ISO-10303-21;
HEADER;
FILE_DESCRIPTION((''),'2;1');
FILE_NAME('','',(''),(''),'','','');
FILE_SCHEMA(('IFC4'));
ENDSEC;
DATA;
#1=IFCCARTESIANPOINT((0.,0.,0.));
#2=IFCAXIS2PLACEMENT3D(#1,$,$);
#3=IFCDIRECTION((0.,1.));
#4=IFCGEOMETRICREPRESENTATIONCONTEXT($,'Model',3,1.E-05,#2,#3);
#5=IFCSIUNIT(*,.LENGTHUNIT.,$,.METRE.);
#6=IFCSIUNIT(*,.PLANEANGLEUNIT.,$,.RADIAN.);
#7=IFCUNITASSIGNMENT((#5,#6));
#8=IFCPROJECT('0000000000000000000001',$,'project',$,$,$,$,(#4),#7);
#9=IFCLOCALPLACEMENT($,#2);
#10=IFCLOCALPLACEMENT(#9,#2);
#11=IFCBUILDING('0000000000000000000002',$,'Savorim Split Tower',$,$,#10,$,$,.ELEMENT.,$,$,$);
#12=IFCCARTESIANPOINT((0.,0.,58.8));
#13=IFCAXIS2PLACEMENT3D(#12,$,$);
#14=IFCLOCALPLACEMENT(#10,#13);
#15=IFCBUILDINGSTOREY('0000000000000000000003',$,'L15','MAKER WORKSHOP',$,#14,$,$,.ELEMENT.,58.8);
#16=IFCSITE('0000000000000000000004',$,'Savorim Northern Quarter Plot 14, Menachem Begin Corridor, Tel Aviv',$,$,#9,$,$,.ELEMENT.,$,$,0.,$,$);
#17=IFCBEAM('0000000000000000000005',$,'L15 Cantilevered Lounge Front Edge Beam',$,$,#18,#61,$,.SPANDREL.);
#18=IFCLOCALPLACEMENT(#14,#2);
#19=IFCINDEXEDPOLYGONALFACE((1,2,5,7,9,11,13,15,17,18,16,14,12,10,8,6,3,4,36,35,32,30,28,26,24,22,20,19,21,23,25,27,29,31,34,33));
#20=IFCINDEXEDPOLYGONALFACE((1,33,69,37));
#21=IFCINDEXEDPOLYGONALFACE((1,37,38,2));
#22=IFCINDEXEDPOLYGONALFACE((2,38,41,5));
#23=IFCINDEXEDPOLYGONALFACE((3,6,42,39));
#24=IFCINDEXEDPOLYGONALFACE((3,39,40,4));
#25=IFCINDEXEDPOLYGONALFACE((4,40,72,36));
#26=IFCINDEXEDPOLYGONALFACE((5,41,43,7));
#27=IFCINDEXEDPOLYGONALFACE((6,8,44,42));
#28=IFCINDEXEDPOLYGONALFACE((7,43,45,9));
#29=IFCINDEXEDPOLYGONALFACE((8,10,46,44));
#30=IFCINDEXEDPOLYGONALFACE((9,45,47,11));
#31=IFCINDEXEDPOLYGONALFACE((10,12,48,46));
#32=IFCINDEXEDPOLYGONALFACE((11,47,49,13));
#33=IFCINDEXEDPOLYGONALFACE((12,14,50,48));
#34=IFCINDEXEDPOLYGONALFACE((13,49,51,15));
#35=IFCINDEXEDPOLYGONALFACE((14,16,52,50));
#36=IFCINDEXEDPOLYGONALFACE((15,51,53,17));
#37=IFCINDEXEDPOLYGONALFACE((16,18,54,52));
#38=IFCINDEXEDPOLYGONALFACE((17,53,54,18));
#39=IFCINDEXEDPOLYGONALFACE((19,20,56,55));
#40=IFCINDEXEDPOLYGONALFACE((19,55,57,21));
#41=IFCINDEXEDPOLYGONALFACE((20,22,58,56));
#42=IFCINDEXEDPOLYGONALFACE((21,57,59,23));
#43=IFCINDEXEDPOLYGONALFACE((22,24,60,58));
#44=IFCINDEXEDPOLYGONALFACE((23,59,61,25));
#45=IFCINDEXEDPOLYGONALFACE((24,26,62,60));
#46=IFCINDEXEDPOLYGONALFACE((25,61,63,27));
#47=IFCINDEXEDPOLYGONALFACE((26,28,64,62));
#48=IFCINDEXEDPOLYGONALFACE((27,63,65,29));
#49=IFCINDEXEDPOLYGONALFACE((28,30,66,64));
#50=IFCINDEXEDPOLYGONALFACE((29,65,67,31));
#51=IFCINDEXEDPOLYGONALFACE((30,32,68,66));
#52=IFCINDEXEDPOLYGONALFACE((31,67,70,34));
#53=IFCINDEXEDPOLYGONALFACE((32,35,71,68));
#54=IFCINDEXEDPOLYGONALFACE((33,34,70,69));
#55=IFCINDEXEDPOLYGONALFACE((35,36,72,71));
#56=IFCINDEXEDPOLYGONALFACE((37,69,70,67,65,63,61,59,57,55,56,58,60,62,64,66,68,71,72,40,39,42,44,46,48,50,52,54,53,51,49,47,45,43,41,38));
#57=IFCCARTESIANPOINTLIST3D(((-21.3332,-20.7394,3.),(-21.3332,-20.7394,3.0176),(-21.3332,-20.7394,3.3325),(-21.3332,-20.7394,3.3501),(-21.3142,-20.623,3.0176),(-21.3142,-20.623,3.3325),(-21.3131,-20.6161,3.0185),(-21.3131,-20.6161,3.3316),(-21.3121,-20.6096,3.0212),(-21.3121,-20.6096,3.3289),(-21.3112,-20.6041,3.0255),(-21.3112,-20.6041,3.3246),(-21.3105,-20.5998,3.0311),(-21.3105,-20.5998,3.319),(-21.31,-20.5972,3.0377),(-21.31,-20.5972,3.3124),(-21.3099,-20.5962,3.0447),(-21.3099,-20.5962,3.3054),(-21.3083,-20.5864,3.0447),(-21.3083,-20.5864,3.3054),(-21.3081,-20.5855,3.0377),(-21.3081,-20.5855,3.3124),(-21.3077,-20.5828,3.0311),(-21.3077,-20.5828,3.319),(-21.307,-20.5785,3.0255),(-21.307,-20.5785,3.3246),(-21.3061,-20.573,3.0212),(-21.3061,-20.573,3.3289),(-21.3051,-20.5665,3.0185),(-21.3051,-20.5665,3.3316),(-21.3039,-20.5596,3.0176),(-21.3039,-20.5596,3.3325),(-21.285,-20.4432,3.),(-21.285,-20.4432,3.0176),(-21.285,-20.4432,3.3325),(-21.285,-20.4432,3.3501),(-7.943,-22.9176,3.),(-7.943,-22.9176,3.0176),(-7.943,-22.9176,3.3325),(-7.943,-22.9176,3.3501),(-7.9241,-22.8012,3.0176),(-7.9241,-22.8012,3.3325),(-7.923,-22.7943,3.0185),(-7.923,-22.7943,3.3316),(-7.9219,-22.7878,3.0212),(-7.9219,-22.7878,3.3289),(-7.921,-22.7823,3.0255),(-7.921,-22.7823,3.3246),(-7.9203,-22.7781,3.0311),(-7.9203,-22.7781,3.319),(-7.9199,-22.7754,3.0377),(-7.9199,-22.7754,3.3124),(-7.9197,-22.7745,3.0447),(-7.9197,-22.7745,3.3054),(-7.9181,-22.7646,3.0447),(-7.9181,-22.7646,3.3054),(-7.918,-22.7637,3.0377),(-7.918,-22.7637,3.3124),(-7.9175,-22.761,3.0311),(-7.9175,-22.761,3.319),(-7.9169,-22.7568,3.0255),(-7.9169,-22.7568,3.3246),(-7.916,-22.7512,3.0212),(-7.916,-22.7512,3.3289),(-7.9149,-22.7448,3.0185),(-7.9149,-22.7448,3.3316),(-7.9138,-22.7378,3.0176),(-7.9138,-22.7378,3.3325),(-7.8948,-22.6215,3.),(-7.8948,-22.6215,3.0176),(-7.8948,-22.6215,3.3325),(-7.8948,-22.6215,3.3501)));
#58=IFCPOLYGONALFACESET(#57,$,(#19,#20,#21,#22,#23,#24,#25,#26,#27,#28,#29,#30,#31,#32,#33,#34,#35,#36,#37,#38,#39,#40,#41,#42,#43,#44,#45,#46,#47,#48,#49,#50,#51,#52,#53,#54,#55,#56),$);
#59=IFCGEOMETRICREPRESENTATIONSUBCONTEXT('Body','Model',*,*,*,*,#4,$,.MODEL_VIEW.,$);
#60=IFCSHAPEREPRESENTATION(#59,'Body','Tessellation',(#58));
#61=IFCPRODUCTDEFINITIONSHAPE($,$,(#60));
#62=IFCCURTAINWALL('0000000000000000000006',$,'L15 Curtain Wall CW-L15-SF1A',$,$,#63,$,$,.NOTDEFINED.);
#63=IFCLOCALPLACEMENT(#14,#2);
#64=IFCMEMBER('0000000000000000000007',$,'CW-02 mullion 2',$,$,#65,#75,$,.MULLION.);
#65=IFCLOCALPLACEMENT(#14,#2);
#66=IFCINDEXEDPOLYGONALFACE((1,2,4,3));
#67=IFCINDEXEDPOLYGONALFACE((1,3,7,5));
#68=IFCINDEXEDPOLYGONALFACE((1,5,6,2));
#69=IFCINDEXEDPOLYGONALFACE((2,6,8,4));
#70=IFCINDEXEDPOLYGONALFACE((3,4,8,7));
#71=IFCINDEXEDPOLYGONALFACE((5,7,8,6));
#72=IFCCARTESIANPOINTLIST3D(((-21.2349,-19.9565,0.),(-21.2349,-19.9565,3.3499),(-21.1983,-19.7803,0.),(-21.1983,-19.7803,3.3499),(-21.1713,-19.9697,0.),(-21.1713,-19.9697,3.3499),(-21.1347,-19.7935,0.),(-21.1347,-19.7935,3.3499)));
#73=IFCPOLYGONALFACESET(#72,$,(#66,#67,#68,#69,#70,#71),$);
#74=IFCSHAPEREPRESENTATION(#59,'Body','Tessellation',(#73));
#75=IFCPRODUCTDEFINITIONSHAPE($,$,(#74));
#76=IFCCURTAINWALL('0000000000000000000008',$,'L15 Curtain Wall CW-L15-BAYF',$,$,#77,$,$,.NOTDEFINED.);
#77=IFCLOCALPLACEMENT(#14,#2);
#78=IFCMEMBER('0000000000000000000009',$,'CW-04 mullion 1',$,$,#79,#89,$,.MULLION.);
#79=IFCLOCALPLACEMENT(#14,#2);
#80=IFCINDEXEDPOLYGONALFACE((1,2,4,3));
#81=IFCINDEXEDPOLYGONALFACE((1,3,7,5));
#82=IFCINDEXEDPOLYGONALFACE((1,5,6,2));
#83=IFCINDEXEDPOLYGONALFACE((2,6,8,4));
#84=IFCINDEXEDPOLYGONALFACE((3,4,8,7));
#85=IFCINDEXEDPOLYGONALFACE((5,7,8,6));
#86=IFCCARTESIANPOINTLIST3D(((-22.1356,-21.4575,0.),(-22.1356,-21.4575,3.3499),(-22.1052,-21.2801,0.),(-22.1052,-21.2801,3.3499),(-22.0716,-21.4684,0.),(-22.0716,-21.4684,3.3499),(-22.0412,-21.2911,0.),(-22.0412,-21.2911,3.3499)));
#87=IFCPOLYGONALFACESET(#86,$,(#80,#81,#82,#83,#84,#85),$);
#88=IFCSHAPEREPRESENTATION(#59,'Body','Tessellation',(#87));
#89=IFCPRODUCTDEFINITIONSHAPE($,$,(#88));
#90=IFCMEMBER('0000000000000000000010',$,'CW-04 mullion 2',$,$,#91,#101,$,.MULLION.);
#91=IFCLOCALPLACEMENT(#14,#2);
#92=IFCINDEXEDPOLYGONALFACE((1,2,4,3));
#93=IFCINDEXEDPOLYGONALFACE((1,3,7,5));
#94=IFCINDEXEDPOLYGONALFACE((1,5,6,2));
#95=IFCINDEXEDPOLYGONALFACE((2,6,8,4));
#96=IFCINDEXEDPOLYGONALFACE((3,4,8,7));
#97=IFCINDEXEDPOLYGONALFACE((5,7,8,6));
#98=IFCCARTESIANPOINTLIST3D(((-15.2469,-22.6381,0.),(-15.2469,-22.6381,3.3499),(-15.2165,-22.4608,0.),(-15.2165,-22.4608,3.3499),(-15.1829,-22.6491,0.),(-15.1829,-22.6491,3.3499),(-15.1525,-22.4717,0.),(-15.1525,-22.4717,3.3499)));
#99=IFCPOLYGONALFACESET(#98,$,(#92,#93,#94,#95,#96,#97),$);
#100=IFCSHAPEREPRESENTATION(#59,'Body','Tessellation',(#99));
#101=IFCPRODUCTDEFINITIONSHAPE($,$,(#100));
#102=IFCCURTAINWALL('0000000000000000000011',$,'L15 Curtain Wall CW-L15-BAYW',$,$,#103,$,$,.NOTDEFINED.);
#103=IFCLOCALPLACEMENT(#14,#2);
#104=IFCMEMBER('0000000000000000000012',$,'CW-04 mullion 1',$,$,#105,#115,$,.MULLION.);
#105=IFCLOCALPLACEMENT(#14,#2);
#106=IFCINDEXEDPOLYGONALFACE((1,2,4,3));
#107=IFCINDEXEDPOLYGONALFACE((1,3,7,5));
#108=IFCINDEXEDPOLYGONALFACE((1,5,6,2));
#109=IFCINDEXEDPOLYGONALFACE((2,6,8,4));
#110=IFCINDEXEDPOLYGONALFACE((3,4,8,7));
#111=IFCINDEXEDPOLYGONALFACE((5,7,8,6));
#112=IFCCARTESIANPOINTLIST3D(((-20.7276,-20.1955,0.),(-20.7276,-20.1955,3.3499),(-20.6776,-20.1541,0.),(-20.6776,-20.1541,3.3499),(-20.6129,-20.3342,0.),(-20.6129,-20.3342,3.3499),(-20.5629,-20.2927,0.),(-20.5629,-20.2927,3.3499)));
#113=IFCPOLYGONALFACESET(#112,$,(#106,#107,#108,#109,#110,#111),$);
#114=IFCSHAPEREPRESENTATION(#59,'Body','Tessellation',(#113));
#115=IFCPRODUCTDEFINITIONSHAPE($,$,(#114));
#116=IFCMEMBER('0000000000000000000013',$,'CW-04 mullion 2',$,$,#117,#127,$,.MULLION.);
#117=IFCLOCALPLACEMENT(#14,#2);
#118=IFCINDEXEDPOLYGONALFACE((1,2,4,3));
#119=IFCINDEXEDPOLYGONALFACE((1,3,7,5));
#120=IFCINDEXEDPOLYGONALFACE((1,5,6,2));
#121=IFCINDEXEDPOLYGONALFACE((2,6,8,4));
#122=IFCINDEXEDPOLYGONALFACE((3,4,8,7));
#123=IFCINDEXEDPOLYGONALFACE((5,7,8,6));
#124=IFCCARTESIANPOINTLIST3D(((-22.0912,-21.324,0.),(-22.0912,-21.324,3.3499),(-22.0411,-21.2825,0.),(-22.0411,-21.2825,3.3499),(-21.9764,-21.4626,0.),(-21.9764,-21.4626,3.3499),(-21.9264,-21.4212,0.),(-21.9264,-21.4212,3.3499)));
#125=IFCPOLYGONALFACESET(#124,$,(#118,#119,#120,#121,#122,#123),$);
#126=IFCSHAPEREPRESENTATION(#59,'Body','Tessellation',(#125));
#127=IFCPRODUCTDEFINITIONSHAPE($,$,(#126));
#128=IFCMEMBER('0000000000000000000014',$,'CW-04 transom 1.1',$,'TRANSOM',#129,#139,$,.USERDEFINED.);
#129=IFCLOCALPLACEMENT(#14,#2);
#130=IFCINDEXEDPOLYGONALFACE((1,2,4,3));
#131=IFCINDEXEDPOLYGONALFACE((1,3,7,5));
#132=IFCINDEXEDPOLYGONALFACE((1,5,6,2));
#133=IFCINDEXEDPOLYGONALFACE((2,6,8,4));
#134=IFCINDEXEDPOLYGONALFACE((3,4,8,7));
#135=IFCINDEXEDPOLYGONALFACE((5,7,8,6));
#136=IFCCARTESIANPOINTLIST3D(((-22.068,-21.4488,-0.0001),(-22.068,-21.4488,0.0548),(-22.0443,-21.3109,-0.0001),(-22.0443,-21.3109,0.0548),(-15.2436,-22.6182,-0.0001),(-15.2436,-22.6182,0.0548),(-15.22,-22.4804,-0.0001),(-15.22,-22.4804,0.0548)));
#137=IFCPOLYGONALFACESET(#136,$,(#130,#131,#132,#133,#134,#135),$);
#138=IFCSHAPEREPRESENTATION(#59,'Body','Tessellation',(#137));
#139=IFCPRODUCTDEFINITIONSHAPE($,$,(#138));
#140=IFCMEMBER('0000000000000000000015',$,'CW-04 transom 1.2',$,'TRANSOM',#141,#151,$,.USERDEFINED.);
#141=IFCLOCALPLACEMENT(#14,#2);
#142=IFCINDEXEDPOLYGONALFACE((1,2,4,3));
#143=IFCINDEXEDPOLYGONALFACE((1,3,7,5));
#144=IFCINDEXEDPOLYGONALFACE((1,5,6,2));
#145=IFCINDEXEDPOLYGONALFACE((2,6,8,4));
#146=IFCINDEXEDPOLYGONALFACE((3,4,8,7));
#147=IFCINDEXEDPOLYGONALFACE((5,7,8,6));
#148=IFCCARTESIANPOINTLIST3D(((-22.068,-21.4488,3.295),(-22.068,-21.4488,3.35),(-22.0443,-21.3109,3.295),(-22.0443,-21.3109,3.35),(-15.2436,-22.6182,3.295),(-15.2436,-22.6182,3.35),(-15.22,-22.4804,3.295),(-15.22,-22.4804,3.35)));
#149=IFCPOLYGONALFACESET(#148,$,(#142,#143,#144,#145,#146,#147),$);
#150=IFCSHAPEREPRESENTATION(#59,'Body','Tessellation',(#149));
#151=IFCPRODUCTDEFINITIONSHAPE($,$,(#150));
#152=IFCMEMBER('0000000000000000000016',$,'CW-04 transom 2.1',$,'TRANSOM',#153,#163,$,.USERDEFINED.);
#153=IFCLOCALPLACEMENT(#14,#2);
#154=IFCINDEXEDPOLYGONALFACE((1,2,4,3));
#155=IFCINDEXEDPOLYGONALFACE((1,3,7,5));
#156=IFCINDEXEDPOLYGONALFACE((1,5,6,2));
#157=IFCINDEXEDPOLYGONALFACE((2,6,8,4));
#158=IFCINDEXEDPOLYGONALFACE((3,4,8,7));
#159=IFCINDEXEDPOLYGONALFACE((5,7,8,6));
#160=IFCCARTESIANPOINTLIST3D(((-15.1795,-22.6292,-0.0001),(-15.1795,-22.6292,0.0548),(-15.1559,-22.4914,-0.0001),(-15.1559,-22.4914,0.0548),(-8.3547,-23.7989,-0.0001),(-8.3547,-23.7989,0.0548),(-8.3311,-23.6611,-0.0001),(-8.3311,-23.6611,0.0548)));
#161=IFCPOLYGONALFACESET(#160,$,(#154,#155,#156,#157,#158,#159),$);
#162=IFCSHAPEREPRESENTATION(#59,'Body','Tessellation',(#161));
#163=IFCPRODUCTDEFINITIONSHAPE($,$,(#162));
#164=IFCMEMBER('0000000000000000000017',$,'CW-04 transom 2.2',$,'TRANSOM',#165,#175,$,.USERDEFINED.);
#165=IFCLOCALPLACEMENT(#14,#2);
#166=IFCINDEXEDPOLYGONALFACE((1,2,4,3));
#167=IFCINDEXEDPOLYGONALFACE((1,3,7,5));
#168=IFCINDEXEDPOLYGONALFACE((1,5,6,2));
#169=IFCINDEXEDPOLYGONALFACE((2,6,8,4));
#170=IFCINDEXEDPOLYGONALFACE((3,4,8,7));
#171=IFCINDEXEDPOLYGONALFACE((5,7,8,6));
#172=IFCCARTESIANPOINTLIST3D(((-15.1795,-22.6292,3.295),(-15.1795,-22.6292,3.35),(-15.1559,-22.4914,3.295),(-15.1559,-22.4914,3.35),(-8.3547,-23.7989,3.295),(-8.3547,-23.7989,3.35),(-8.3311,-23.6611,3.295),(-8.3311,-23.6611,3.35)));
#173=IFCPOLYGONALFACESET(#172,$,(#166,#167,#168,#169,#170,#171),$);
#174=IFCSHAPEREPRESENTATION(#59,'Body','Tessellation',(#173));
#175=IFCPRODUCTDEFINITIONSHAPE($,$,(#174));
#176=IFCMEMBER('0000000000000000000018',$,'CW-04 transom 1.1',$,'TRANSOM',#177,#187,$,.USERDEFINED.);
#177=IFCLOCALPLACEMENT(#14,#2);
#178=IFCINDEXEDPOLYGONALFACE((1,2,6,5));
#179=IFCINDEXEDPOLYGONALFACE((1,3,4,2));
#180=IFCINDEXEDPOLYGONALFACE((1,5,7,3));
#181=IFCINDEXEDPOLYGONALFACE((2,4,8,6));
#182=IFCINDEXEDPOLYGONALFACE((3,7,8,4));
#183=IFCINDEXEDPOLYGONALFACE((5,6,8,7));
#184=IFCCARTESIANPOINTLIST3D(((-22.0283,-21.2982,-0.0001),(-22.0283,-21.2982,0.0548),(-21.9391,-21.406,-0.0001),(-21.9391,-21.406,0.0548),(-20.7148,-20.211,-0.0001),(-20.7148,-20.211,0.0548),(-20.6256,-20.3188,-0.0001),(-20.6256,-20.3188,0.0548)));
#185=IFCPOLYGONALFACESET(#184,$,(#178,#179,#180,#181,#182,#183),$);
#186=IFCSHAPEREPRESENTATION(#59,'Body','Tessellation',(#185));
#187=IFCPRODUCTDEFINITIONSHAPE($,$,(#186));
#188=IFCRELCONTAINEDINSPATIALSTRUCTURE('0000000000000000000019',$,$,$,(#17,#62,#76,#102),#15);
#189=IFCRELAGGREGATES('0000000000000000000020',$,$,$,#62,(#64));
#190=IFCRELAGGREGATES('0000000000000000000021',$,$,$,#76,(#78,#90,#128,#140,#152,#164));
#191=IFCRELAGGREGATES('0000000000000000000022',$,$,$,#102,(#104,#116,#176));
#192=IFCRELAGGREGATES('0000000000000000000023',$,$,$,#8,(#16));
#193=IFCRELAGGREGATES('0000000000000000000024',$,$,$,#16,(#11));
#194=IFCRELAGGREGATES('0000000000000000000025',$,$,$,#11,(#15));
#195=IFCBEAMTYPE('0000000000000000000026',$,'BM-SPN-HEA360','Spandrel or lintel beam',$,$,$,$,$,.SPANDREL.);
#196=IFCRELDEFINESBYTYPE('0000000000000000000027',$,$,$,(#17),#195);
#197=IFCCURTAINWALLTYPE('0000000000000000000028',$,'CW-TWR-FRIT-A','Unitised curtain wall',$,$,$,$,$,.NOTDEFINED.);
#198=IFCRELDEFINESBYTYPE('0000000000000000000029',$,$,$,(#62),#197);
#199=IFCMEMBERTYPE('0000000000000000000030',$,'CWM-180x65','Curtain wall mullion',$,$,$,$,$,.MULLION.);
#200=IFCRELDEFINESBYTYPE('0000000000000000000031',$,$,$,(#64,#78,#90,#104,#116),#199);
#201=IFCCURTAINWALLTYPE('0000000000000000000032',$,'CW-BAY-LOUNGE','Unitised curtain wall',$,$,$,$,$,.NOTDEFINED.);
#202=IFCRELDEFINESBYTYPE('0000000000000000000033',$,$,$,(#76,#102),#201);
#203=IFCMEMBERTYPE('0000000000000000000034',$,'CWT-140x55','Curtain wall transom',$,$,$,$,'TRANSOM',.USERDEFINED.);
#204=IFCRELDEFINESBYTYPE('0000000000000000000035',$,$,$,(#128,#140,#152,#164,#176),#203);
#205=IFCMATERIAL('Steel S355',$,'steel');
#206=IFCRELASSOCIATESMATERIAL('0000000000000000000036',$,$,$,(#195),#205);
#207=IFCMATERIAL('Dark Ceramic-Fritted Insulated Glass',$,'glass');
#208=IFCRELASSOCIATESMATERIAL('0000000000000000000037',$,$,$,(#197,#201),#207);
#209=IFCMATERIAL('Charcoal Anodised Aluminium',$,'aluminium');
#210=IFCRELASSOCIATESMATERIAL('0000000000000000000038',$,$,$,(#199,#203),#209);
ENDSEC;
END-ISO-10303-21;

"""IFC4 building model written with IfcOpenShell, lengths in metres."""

from ifc_helpers import new_model, si_unit, direction, frame, origin, origin_2d, place, context, subcontext, project, spatial, rectangle, i_section, extrude, material, material_profile, profile_set, type_object, element, aggregate, save


model = new_model("IFC4")

# Units and contexts
model_context = context("Model", 3, precision=1e-05, world=origin(), true_north=direction((0.0, 1.0)))
body_context = subcontext(model_context, "Body", "Model", "MODEL_VIEW")
ifc_project = project(units=[si_unit("LENGTHUNIT", "METRE"), si_unit("PLANEANGLEUNIT", "RADIAN")], contexts=[model_context])

# Site, building, storey
site_placement = place(None, origin())
site = spatial("IfcSite", under=ifc_project, at=site_placement, Name="Savorim Northern Quarter Plot 14, Menachem Begin Corridor, Tel Aviv", CompositionType="ELEMENT", RefElevation=0.0)
building_placement = place(site_placement, origin())
building = spatial("IfcBuilding", under=site, at=building_placement, Name="Savorim Split Tower", CompositionType="ELEMENT")
storey_placement = place(building_placement, frame((0.0, 0.0, 58.8)))
storey = spatial("IfcBuildingStorey", under=building, at=storey_placement, Name="L15", Description="MAKER WORKSHOP", CompositionType="ELEMENT", Elevation=58.8)

# Beam
ifc_material_1 = material(Name="Steel S355", Category="steel")
ifc_material_profile_1 = material_profile(ifc_material_1, i_section(OverallWidth=0.3, OverallDepth=0.3501, WebThickness=0.01, FlangeThickness=0.0176, FilletRadius=0.0271, at=origin_2d()), Name="HEA 360")
ifc_profile_set_1 = profile_set([ifc_material_profile_1], Name="Steel S355")
beam_type = type_object("IfcBeamType", Name="BM-SPN-HEA360", Description="Spandrel or lintel beam", PredefinedType="SPANDREL", material=ifc_profile_set_1)
beam_placement = place(storey_placement, frame((-21.3091, -20.5913, 3.175), z_axis=(0.987026, -0.160563, 0.0), x_axis=(0.160563, 0.987026, 0.0)))
element("IfcBeam", 1, at=beam_placement, inside=storey, type_object=beam_type, Name="L15 Cantilevered Lounge Front Edge Beam", PredefinedType="SPANDREL", context=body_context, shape_type="SweptSolid", body=[
    extrude(i_section(OverallWidth=0.3, OverallDepth=0.3501, WebThickness=0.01, FlangeThickness=0.0176, FilletRadius=0.0271, at=origin_2d()), origin(), (0.0, 0.0, 1.0), 13.5662),
])

# Curtain wall, member
ifc_material_2 = material(Name="Dark Ceramic-Fritted Insulated Glass", Category="glass")
curtain_wall_type_1 = type_object("IfcCurtainWallType", Name="CW-TWR-FRIT-A", Description="Unitised curtain wall", PredefinedType="NOTDEFINED", material=ifc_material_2)
curtain_wall_1_placement = place(storey_placement, origin())
curtain_wall_1 = element("IfcCurtainWall", 2, at=curtain_wall_1_placement, inside=storey, type_object=curtain_wall_type_1, Name="L15 Curtain Wall CW-L15-SF1A", PredefinedType="NOTDEFINED")
ifc_material_3 = material(Name="Charcoal Anodised Aluminium", Category="aluminium")
ifc_material_profile_2 = material_profile(ifc_material_3, rectangle(XDim=0.1799, YDim=0.0649, at=origin_2d()), Name="ALU-M 180x65")
ifc_profile_set_2 = profile_set([ifc_material_profile_2], Name="Charcoal Anodised Aluminium")
member_type_1 = type_object("IfcMemberType", Name="CWM-180x65", Description="Curtain wall mullion", PredefinedType="MULLION", material=ifc_profile_set_2)
member_1_placement = place(storey_placement, frame((-21.1848, -19.875, 0.0), z_axis=(0.0, 0.0, 1.0), x_axis=(0.20321, 0.979135, 0.0)))
member_1 = element("IfcMember", 3, at=member_1_placement, type_object=member_type_1, Name="CW-02 mullion 2", PredefinedType="MULLION", context=body_context, shape_type="SweptSolid", body=[
    extrude(rectangle(XDim=0.1799, YDim=0.0649, at=origin_2d()), origin(), (0.0, 0.0, 1.0), 3.3499),
])

# Curtain walls, members
curtain_wall_type_2 = type_object("IfcCurtainWallType", Name="CW-BAY-LOUNGE", Description="Unitised curtain wall", PredefinedType="NOTDEFINED", material=ifc_material_2)
curtain_wall_2_placement = place(storey_placement, origin())
curtain_wall_2 = element("IfcCurtainWall", 4, at=curtain_wall_2_placement, inside=storey, type_object=curtain_wall_type_2, Name="L15 Curtain Wall CW-L15-BAYF", PredefinedType="NOTDEFINED")
member_2_placement = place(storey_placement, frame((-22.0884, -21.3743, 0.0), z_axis=(0.0, 0.0, 1.0), x_axis=(0.168923, 0.985629, 0.0)))
member_2 = element("IfcMember", 5, at=member_2_placement, type_object=member_type_1, Name="CW-04 mullion 1", PredefinedType="MULLION", context=body_context, shape_type="SweptSolid", body=[
    extrude(rectangle(XDim=0.1799, YDim=0.0649, at=origin_2d()), origin(), (0.0, 0.0, 1.0), 3.3499),
])
member_3_placement = place(storey_placement, frame((-15.1997, -22.5549, 0.0), z_axis=(0.0, 0.0, 1.0), x_axis=(0.168923, 0.985629, 0.0)))
member_3 = element("IfcMember", 6, at=member_3_placement, type_object=member_type_1, Name="CW-04 mullion 2", PredefinedType="MULLION", context=body_context, shape_type="SweptSolid", body=[
    extrude(rectangle(XDim=0.1799, YDim=0.0649, at=origin_2d()), origin(), (0.0, 0.0, 1.0), 3.3499),
])
curtain_wall_3_placement = place(storey_placement, origin())
curtain_wall_3 = element("IfcCurtainWall", 7, at=curtain_wall_3_placement, inside=storey, type_object=curtain_wall_type_2, Name="L15 Curtain Wall CW-L15-BAYW", PredefinedType="NOTDEFINED")
member_4_placement = place(storey_placement, frame((-20.6453, -20.2441, 0.0), z_axis=(0.0, 0.0, 1.0), x_axis=(0.637608, -0.770361, 0.0)))
member_4 = element("IfcMember", 8, at=member_4_placement, type_object=member_type_1, Name="CW-04 mullion 1", PredefinedType="MULLION", context=body_context, shape_type="SweptSolid", body=[
    extrude(rectangle(XDim=0.1799, YDim=0.0649, at=origin_2d()), origin(), (0.0, 0.0, 1.0), 3.3499),
])
member_5_placement = place(storey_placement, frame((-22.0088, -21.3726, 0.0), z_axis=(0.0, 0.0, 1.0), x_axis=(0.637608, -0.770361, 0.0)))
member_5 = element("IfcMember", 9, at=member_5_placement, type_object=member_type_1, Name="CW-04 mullion 2", PredefinedType="MULLION", context=body_context, shape_type="SweptSolid", body=[
    extrude(rectangle(XDim=0.1799, YDim=0.0649, at=origin_2d()), origin(), (0.0, 0.0, 1.0), 3.3499),
])

# Members
ifc_material_profile_3 = material_profile(ifc_material_3, rectangle(XDim=0.1399, YDim=0.0549, at=origin_2d()), Name="ALU-T 140x55")
ifc_profile_set_3 = profile_set([ifc_material_profile_3], Name="Charcoal Anodised Aluminium")
member_type_2 = type_object("IfcMemberType", Name="CWT-140x55", Description="Curtain wall transom", ElementType="TRANSOM", PredefinedType="USERDEFINED", material=ifc_profile_set_3)
member_6_placement = place(storey_placement, frame((-22.0562, -21.3799, 0.0273), z_axis=(0.985634, -0.168897, 0.0), x_axis=(0.168897, 0.985634, 0.0)))
member_6 = element("IfcMember", 10, at=member_6_placement, type_object=member_type_2, Name="CW-04 transom 1.1", ObjectType="TRANSOM", PredefinedType="USERDEFINED", context=body_context, shape_type="SweptSolid", body=[
    extrude(rectangle(XDim=0.1399, YDim=0.0549, at=origin_2d()), origin(), (0.0, 0.0, 1.0), 6.9238),
])
member_7_placement = place(storey_placement, frame((-22.0562, -21.3799, 3.3225), z_axis=(0.985634, -0.168897, 0.0), x_axis=(0.168897, 0.985634, 0.0)))
member_7 = element("IfcMember", 11, at=member_7_placement, type_object=member_type_2, Name="CW-04 transom 1.2", ObjectType="TRANSOM", PredefinedType="USERDEFINED", context=body_context, shape_type="SweptSolid", body=[
    extrude(rectangle(XDim=0.1399, YDim=0.0549, at=origin_2d()), origin(), (0.0, 0.0, 1.0), 6.9238),
])
member_8_placement = place(storey_placement, frame((-15.1677, -22.5603, 0.0273), z_axis=(0.985629, -0.168926, 0.0), x_axis=(0.168926, 0.985629, 0.0)))
member_8 = element("IfcMember", 12, at=member_8_placement, type_object=member_type_2, Name="CW-04 transom 2.1", ObjectType="TRANSOM", PredefinedType="USERDEFINED", context=body_context, shape_type="SweptSolid", body=[
    extrude(rectangle(XDim=0.1399, YDim=0.0549, at=origin_2d()), origin(), (0.0, 0.0, 1.0), 6.9243),
])
member_9_placement = place(storey_placement, frame((-15.1677, -22.5603, 3.3225), z_axis=(0.985629, -0.168926, 0.0), x_axis=(0.168926, 0.985629, 0.0)))
member_9 = element("IfcMember", 13, at=member_9_placement, type_object=member_type_2, Name="CW-04 transom 2.2", ObjectType="TRANSOM", PredefinedType="USERDEFINED", context=body_context, shape_type="SweptSolid", body=[
    extrude(rectangle(XDim=0.1399, YDim=0.0549, at=origin_2d()), origin(), (0.0, 0.0, 1.0), 6.9243),
])
member_10_placement = place(storey_placement, frame((-20.6702, -20.2649, 0.0273), z_axis=(-0.770353, -0.637618, 0.0), x_axis=(0.637618, -0.770353, 0.0)))
member_10 = element("IfcMember", 14, at=member_10_placement, type_object=member_type_2, Name="CW-04 transom 1.1", ObjectType="TRANSOM", PredefinedType="USERDEFINED", context=body_context, shape_type="SweptSolid", body=[
    extrude(rectangle(XDim=0.1399, YDim=0.0549, at=origin_2d()), origin(), (0.0, 0.0, 1.0), 1.7051),
])

aggregate(curtain_wall_1, [member_1])
aggregate(curtain_wall_2, [member_2, member_3, member_6, member_7, member_8, member_9])
aggregate(curtain_wall_3, [member_4, member_5, member_10])

save(model, "model.ifc")
